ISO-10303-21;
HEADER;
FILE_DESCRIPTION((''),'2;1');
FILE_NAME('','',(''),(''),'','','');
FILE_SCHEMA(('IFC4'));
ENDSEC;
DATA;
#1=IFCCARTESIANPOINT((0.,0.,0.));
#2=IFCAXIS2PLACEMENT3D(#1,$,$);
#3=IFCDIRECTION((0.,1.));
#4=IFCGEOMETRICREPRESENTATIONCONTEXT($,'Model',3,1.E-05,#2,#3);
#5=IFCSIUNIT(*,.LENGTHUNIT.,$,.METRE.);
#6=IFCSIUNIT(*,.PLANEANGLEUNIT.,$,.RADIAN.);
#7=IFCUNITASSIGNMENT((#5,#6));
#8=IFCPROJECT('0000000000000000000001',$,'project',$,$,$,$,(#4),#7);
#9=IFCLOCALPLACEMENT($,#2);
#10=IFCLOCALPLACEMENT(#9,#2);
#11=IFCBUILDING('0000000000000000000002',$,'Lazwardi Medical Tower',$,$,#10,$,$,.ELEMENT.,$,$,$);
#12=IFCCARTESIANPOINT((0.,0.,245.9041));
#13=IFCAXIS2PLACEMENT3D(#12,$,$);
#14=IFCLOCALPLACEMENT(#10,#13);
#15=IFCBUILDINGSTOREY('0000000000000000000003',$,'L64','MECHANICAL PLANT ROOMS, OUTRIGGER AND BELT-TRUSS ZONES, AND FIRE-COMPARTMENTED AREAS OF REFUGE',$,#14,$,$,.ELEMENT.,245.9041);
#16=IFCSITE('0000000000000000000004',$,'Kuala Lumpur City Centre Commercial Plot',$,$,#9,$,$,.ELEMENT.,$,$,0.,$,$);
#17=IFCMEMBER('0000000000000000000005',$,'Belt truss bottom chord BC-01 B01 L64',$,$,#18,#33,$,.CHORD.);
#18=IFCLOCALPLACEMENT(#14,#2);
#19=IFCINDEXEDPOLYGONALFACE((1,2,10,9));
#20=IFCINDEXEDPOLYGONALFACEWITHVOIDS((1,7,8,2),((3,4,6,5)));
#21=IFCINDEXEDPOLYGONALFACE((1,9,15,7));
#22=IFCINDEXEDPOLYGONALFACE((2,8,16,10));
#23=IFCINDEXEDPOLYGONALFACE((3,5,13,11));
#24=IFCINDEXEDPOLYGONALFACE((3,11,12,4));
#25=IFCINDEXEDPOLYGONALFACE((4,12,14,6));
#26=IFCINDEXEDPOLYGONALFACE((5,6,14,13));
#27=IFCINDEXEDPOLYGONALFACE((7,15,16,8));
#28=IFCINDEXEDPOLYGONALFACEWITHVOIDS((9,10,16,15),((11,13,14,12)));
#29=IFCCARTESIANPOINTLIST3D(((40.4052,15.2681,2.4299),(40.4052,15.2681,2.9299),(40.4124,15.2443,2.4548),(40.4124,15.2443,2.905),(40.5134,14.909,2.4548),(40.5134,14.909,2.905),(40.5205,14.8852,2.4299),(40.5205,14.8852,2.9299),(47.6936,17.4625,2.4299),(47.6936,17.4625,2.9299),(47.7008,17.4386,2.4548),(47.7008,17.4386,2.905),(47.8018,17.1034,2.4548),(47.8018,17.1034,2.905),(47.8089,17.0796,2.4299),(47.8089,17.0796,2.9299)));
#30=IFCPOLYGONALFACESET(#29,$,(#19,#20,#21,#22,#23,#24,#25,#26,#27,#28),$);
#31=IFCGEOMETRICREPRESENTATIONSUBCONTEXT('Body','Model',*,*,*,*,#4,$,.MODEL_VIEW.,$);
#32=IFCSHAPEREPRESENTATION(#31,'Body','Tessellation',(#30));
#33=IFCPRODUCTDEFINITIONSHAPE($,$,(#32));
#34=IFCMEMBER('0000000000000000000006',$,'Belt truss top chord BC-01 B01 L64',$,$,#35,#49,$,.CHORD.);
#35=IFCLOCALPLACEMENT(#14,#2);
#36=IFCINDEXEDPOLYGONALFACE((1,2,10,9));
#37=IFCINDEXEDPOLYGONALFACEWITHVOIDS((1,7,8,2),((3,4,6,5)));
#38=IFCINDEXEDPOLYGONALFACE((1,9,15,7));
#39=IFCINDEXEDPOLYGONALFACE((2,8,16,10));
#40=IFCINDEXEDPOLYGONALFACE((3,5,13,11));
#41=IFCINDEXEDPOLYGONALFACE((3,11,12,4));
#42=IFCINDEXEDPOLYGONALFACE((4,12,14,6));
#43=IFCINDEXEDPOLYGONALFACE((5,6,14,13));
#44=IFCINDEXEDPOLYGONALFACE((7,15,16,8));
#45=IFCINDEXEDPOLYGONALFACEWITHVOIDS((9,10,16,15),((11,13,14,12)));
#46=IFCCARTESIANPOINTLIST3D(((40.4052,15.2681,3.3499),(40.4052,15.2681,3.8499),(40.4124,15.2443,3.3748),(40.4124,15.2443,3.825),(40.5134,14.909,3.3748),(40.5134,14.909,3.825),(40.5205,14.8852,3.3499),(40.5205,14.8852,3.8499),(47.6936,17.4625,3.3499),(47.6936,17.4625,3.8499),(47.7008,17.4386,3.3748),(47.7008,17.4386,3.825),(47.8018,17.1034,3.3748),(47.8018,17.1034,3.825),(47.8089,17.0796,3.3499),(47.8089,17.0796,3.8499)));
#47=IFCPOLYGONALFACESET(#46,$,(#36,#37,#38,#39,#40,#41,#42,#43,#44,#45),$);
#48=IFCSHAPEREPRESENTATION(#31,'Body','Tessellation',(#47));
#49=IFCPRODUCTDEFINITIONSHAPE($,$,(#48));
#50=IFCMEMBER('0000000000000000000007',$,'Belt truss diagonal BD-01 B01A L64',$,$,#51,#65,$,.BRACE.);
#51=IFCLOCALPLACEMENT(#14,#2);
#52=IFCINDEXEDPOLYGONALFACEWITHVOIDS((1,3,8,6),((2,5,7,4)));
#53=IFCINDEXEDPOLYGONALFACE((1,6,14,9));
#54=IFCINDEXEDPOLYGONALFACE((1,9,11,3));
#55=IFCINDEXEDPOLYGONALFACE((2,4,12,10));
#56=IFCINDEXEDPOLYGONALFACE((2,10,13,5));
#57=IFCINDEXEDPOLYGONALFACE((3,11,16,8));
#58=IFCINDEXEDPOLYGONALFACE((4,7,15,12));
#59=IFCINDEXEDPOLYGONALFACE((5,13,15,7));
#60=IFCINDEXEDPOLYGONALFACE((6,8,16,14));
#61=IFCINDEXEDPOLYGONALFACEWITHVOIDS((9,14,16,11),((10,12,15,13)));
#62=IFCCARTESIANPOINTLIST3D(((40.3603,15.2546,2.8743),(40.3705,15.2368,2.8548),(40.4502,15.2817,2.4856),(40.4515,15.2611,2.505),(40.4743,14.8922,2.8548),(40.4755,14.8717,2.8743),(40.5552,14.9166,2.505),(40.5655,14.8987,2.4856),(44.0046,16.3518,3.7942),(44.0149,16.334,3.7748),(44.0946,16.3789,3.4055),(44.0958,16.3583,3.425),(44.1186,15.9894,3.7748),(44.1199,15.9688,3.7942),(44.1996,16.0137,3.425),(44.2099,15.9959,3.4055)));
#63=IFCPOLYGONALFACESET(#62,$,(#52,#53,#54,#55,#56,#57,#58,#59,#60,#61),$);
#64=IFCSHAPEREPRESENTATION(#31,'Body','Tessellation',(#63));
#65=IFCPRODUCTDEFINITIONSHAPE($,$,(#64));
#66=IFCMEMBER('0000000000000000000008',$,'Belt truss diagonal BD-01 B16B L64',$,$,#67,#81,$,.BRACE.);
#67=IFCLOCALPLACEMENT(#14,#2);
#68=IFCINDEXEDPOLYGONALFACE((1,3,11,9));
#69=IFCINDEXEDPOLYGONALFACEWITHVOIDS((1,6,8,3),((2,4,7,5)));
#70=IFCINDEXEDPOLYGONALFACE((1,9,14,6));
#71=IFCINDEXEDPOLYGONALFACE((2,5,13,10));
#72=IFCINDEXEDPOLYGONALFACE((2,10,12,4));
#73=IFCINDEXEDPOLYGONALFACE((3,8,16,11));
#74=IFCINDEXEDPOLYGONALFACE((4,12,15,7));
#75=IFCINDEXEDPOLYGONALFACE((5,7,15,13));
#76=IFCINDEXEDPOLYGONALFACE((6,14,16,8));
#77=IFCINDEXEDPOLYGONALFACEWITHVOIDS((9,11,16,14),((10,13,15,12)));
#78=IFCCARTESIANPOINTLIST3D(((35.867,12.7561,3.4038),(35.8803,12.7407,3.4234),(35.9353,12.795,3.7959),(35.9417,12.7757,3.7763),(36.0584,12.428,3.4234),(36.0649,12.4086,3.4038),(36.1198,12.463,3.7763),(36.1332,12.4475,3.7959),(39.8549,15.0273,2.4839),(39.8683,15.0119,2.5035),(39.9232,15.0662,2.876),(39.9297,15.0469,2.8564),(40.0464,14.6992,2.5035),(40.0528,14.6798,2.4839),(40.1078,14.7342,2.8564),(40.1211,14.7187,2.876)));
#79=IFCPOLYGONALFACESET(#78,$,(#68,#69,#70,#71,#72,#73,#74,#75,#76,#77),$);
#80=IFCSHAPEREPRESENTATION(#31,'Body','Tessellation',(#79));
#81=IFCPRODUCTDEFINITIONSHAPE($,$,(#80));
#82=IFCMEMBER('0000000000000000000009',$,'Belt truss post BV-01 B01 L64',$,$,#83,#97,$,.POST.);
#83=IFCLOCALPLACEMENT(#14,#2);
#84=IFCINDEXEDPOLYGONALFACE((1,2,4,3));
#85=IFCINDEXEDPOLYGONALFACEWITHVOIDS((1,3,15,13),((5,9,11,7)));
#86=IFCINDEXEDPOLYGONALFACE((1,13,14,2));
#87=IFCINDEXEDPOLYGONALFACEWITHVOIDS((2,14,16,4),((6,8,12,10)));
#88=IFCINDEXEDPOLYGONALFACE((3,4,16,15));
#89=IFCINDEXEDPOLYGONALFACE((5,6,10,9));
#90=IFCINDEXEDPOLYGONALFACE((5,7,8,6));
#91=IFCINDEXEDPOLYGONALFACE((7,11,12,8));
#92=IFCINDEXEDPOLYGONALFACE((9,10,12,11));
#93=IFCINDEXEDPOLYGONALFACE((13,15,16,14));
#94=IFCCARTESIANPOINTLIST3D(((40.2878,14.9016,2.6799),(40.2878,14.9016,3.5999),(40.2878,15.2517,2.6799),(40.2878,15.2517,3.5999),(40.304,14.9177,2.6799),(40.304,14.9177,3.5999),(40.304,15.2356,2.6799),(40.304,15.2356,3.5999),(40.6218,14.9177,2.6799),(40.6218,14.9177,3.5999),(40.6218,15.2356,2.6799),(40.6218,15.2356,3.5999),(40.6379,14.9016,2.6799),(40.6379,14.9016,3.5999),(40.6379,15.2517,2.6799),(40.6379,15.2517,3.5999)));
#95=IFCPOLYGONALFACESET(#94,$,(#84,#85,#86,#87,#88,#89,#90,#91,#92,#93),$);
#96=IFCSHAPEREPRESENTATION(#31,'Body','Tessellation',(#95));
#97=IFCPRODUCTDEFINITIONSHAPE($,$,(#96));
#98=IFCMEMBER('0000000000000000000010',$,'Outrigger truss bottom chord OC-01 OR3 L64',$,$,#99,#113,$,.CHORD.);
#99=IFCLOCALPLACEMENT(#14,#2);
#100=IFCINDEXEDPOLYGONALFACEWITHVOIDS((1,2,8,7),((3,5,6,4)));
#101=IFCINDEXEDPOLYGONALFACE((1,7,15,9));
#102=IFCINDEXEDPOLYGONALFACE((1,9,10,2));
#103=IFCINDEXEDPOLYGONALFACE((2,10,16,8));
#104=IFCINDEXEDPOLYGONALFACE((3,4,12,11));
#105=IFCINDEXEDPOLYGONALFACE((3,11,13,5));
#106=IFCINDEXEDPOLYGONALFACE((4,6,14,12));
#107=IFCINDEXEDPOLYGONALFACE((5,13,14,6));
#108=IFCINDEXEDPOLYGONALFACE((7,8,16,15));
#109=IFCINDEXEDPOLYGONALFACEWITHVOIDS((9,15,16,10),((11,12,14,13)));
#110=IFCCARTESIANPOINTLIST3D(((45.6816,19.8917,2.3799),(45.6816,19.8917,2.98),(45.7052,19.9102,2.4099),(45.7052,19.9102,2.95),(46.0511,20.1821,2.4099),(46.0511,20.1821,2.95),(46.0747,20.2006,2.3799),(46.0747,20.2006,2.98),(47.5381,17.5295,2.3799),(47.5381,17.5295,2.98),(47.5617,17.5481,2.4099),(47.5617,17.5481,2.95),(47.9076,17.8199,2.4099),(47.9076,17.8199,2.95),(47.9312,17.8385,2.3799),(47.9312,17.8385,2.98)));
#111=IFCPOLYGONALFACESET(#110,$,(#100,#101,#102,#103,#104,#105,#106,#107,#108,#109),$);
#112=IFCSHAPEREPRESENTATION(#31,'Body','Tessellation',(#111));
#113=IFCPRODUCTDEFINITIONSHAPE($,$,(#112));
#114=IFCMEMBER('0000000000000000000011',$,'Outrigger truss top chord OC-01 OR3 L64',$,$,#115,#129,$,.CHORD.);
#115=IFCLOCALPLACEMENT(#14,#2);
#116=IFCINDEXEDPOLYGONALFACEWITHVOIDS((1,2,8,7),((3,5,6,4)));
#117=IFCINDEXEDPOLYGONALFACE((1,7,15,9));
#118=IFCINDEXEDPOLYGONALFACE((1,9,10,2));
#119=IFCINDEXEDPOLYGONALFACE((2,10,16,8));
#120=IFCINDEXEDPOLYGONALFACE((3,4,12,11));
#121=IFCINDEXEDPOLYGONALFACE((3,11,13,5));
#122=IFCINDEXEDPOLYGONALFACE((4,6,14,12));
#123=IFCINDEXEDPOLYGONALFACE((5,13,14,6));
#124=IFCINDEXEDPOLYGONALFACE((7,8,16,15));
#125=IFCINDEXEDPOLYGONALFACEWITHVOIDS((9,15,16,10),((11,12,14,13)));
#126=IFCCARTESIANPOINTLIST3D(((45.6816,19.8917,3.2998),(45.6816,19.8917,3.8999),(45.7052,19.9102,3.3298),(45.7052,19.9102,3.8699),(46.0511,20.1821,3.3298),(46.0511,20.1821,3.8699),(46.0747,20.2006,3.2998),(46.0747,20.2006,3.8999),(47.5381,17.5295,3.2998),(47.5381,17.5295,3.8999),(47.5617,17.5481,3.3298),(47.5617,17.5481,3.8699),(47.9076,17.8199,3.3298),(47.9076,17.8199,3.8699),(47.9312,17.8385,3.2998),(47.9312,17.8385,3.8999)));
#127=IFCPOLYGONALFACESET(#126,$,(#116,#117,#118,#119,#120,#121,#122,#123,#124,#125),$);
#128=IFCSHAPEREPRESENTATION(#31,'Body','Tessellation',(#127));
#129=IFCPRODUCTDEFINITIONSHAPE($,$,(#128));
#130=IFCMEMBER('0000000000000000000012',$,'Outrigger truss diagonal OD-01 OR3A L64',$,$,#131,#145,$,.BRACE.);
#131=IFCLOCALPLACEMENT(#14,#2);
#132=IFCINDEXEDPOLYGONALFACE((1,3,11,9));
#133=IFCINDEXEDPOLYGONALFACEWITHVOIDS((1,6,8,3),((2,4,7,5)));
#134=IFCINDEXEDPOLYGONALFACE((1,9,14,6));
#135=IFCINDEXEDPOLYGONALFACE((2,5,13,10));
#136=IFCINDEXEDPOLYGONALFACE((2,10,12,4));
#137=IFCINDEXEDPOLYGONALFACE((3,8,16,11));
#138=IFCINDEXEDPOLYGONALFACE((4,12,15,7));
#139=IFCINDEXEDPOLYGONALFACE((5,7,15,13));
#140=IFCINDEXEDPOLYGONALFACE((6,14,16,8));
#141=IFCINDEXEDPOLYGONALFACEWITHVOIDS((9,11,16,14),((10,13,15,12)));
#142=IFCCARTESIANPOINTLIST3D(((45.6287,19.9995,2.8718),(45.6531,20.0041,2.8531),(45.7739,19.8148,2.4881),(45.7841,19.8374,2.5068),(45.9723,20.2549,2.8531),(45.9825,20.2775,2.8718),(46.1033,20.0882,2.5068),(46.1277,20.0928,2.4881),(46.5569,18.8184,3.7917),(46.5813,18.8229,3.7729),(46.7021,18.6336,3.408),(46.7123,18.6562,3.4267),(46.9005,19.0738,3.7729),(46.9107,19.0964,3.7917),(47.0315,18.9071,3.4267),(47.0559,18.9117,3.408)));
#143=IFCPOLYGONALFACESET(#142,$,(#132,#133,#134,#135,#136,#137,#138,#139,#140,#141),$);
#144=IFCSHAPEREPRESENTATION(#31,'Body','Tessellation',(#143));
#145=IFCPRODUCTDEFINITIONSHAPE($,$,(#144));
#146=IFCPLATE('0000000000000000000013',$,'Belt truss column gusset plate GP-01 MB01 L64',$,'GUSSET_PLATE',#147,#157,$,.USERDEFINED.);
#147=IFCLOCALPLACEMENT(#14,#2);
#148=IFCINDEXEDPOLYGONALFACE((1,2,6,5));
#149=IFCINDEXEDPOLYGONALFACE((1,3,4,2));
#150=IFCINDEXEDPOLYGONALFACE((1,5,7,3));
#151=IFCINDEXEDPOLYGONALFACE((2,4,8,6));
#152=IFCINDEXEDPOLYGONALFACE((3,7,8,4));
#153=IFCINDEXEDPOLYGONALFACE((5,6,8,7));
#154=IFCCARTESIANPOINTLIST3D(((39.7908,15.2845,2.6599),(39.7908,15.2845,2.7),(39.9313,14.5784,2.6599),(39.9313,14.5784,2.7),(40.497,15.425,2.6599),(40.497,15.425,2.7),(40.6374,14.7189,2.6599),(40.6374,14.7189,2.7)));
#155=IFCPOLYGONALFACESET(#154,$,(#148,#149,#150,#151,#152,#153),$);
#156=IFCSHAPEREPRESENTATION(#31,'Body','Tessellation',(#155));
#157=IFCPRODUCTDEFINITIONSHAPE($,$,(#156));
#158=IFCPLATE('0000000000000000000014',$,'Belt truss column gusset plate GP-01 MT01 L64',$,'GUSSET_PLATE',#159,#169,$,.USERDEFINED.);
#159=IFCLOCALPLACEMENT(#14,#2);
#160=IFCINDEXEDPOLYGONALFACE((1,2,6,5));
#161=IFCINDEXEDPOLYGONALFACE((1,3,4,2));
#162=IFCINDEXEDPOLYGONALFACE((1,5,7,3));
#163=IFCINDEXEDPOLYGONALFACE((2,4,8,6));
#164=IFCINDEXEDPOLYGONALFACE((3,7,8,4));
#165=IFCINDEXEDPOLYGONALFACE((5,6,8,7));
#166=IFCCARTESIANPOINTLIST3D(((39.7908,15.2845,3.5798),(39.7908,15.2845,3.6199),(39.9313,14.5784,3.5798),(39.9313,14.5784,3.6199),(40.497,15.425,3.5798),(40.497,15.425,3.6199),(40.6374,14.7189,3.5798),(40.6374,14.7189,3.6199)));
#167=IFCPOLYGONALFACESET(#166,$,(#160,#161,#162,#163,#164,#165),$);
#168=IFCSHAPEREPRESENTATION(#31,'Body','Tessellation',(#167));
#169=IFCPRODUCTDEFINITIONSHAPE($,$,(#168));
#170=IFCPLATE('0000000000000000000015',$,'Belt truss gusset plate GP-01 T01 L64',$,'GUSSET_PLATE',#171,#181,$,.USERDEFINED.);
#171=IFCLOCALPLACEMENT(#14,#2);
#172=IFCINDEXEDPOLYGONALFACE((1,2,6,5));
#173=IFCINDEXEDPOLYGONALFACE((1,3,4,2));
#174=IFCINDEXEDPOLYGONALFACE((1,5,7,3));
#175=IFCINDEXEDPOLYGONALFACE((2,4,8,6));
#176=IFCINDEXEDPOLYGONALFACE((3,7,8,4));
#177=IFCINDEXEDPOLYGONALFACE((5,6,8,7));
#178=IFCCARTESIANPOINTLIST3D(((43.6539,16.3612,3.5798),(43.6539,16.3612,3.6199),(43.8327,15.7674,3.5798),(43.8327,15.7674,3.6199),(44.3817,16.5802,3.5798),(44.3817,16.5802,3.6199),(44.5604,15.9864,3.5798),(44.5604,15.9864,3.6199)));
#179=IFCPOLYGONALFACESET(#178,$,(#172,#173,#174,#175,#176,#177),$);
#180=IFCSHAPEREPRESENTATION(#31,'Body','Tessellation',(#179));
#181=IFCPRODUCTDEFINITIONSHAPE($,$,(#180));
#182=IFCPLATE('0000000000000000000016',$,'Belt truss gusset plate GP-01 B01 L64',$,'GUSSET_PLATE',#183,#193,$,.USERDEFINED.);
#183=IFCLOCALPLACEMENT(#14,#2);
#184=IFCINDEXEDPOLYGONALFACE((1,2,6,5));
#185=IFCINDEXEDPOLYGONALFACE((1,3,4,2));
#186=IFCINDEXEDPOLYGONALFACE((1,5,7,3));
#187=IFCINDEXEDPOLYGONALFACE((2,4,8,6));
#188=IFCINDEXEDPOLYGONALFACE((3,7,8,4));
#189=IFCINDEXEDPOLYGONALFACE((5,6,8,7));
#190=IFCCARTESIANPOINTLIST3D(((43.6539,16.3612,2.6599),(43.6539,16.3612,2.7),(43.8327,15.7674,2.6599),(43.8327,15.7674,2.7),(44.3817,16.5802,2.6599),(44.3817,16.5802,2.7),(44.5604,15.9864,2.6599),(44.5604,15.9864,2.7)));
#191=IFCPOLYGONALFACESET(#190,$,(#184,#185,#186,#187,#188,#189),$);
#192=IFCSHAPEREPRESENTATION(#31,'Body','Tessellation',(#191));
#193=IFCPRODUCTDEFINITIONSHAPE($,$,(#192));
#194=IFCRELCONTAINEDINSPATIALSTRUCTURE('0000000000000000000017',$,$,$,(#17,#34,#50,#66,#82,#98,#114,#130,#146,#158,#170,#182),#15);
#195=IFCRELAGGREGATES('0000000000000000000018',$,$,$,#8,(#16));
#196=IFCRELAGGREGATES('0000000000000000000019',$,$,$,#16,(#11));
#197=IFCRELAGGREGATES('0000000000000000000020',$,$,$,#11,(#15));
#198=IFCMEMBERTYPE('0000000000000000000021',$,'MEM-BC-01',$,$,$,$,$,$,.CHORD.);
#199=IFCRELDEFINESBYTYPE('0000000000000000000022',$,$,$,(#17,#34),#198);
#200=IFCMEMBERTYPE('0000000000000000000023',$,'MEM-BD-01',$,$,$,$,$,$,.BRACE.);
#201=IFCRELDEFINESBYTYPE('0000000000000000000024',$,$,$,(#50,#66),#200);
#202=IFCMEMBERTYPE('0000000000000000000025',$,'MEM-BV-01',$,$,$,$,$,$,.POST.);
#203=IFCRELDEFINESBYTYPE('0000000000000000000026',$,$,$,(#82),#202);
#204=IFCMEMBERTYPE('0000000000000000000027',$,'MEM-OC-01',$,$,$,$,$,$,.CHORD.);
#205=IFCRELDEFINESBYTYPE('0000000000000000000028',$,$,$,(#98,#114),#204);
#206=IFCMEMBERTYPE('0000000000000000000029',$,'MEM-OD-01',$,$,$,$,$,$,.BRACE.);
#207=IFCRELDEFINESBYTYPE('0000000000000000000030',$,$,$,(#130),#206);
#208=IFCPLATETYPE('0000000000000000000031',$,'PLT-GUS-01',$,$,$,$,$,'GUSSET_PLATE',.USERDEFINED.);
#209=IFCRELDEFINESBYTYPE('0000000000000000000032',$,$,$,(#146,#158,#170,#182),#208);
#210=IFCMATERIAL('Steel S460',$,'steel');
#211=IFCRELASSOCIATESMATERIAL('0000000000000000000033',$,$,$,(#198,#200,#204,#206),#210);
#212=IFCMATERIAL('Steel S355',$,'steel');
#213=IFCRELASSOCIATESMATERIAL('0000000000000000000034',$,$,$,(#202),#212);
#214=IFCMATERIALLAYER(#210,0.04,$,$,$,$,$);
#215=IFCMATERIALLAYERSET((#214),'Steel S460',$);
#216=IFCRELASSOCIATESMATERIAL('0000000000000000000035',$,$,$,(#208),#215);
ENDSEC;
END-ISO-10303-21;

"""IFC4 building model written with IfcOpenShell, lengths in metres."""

from ifc_helpers import new_model, si_unit, direction, frame, origin, origin_2d, place, context, subcontext, project, spatial, rectangle, hollow_rectangle, extrude, material, layer, layer_set, material_profile, profile_set, type_object, element, save


model = new_model("IFC4")

# Units and contexts
model_context = context("Model", 3, precision=1e-05, world=origin(), true_north=direction((0.0, 1.0)))
body_context = subcontext(model_context, "Body", "Model", "MODEL_VIEW")
ifc_project = project(units=[si_unit("LENGTHUNIT", "METRE"), si_unit("PLANEANGLEUNIT", "RADIAN")], contexts=[model_context])

# Site, building, storey
site_placement = place(None, origin())
site = spatial("IfcSite", under=ifc_project, at=site_placement, Name="Kuala Lumpur City Centre Commercial Plot", CompositionType="ELEMENT", RefElevation=0.0)
building_placement = place(site_placement, origin())
building = spatial("IfcBuilding", under=site, at=building_placement, Name="Lazwardi Medical Tower", CompositionType="ELEMENT")
storey_placement = place(building_placement, frame((0.0, 0.0, 245.9041)))
storey = spatial("IfcBuildingStorey", under=building, at=storey_placement, Name="L64", Description="MECHANICAL PLANT ROOMS, OUTRIGGER AND BELT-TRUSS ZONES, AND FIRE-COMPARTMENTED AREAS OF REFUGE", CompositionType="ELEMENT", Elevation=245.9041)

# Shared definitions
ifc_material_1 = material(Name="Steel S355", Category="steel")

# Members
ifc_material_2 = material(Name="Steel S460", Category="steel")
ifc_material_profile_1 = material_profile(ifc_material_2, hollow_rectangle(XDim=0.3999, YDim=0.5, WallThickness=0.0249, at=origin_2d()), Name="RHS 500x400x25")
ifc_profile_set_1 = profile_set([ifc_material_profile_1], Name="Steel S460")
member_type_1 = type_object("IfcMemberType", Name="MEM-BC-01", PredefinedType="CHORD", material=ifc_profile_set_1)
for number, where, z_axis, x_axis, name in (
    (1, (40.4629, 15.0767, 2.6799), (0.957542, 0.288292, 0.0), (-0.288292, 0.957542, 0.0), "Belt truss bottom chord BC-01 B01 L64"),
    (2, (40.4629, 15.0767, 3.5999), (0.957542, 0.288292, 0.0), (-0.288292, 0.957542, 0.0), "Belt truss top chord BC-01 B01 L64"),
):
    element("IfcMember", number, at=place(storey_placement, frame(where, z_axis=z_axis, x_axis=x_axis)), inside=storey, type_object=member_type_1, Name=name, PredefinedType="CHORD", context=body_context, shape_type="SweptSolid", body=[
        extrude(hollow_rectangle(XDim=0.3999, YDim=0.5, WallThickness=0.0249, at=origin_2d()), origin(), (0.0, 0.0, 1.0), 7.6116),
    ])
ifc_material_profile_2 = material_profile(ifc_material_2, hollow_rectangle(XDim=0.3999, YDim=0.3999, WallThickness=0.02, at=origin_2d()), Name="RHS 400x400x20")
ifc_profile_set_2 = profile_set([ifc_material_profile_2], Name="Steel S460")
member_type_2 = type_object("IfcMemberType", Name="MEM-BD-01", PredefinedType="BRACE", material=ifc_profile_set_2)
member_1_placement = place(storey_placement, frame((40.4629, 15.0767, 2.6799), z_axis=(0.930742, 0.280214, 0.234946), x_axis=(-0.288283, 0.957545, 0.0)))
element("IfcMember", 3, at=member_1_placement, inside=storey, type_object=member_type_2, Name="Belt truss diagonal BD-01 B01A L64", PredefinedType="BRACE", context=body_context, shape_type="SweptSolid", body=[
    extrude(hollow_rectangle(XDim=0.3999, YDim=0.3999, WallThickness=0.02, at=origin_2d()), origin(), (0.0, 0.0, 1.0), 3.9155),
])
member_2_placement = place(storey_placement, frame((39.988, 14.873, 2.6799), z_axis=(-0.852012, -0.485232, 0.196534), x_axis=(0.494884, -0.868959, 0.0)))
element("IfcMember", 4, at=member_2_placement, inside=storey, type_object=member_type_2, Name="Belt truss diagonal BD-01 B16B L64", PredefinedType="BRACE", context=body_context, shape_type="SweptSolid", body=[
    extrude(hollow_rectangle(XDim=0.3999, YDim=0.3999, WallThickness=0.02, at=origin_2d()), origin(), (0.0, 0.0, 1.0), 4.6807),
])
ifc_material_profile_3 = material_profile(ifc_material_1, hollow_rectangle(XDim=0.3501, YDim=0.3501, WallThickness=0.0161, at=origin_2d()), Name="RHS 350x350x16")
ifc_profile_set_3 = profile_set([ifc_material_profile_3], Name="Steel S355")
member_type_3 = type_object("IfcMemberType", Name="MEM-BV-01", PredefinedType="POST", material=ifc_profile_set_3)
member_3_placement = place(storey_placement, frame((40.4629, 15.0767, 2.6799), z_axis=(0.0, 0.0, 1.0), x_axis=(1.0, 0.0, 0.0)))
element("IfcMember", 5, at=member_3_placement, inside=storey, type_object=member_type_3, Name="Belt truss post BV-01 B01 L64", PredefinedType="POST", context=body_context, shape_type="SweptSolid", body=[
    extrude(hollow_rectangle(XDim=0.3501, YDim=0.3501, WallThickness=0.0161, at=origin_2d()), origin(), (0.0, 0.0, 1.0), 0.9199),
])
ifc_material_profile_4 = material_profile(ifc_material_2, hollow_rectangle(XDim=0.5, YDim=0.6001, WallThickness=0.03, at=origin_2d()), Name="RHS 600x500x30")
ifc_profile_set_4 = profile_set([ifc_material_profile_4], Name="Steel S460")
member_type_4 = type_object("IfcMemberType", Name="MEM-OC-01", PredefinedType="CHORD", material=ifc_profile_set_4)
for number, where, z_axis, x_axis, name in (
    (6, (45.8782, 20.0461, 2.6799), (0.617933, -0.786231, 0.0), (0.786231, 0.617933, 0.0), "Outrigger truss bottom chord OC-01 OR3 L64"),
    (7, (45.8782, 20.0461, 3.5999), (0.617933, -0.786231, 0.0), (0.786231, 0.617933, 0.0), "Outrigger truss top chord OC-01 OR3 L64"),
):
    element("IfcMember", number, at=place(storey_placement, frame(where, z_axis=z_axis, x_axis=x_axis)), inside=storey, type_object=member_type_4, Name=name, PredefinedType="CHORD", context=body_context, shape_type="SweptSolid", body=[
        extrude(hollow_rectangle(XDim=0.5, YDim=0.6001, WallThickness=0.03, at=origin_2d()), origin(), (0.0, 0.0, 1.0), 3.0044),
    ])
ifc_material_profile_5 = material_profile(ifc_material_2, hollow_rectangle(XDim=0.45, YDim=0.45, WallThickness=0.022, at=origin_2d()), Name="RHS 450x450x22")
ifc_profile_set_5 = profile_set([ifc_material_profile_5], Name="Steel S460")
member_type_5 = type_object("IfcMemberType", Name="MEM-OD-01", PredefinedType="BRACE", material=ifc_profile_set_5)
member_4_placement = place(storey_placement, frame((45.8782, 20.0461, 2.6799), z_axis=(0.526942, -0.670528, 0.52223), x_axis=(0.786262, 0.617893, 0.0)))
element("IfcMember", 8, at=member_4_placement, inside=storey, type_object=member_type_5, Name="Outrigger truss diagonal OD-01 OR3A L64", PredefinedType="BRACE", context=body_context, shape_type="SweptSolid", body=[
    extrude(hollow_rectangle(XDim=0.45, YDim=0.45, WallThickness=0.022, at=origin_2d()), origin(), (0.0, 0.0, 1.0), 1.7615),
])

# Plates
ifc_layer_1 = layer(ifc_material_2, 0.04)
ifc_layer_set_1 = layer_set([ifc_layer_1], Name="Steel S460")
plate_type = type_object("IfcPlateType", Name="PLT-GUS-01", ElementType="GUSSET_PLATE", PredefinedType="USERDEFINED", material=ifc_layer_set_1)
for number, where, z_axis, x_axis, name in (
    (9, (40.2141, 15.0017, 2.6599), (0.0, 0.0, 1.0), (0.19509, -0.980785, 0.0), "Belt truss column gusset plate GP-01 MB01 L64"),
    (10, (40.2141, 15.0017, 3.5798), (0.0, 0.0, 1.0), (0.19509, -0.980785, 0.0), "Belt truss column gusset plate GP-01 MT01 L64"),
):
    element("IfcPlate", number, at=place(storey_placement, frame(where, z_axis=z_axis, x_axis=x_axis)), inside=storey, type_object=plate_type, Name=name, ObjectType="GUSSET_PLATE", PredefinedType="USERDEFINED", context=body_context, shape_type="SweptSolid", body=[
        extrude(rectangle(XDim=0.72, YDim=0.72, at=origin_2d()), origin(), (0.0, 0.0, 1.0), 0.04),
    ])
for number, where, z_axis, x_axis, name in (
    (11, (44.1072, 16.1738, 3.5798), (0.0, 0.0, 1.0), (0.957571, 0.288196, 0.0), "Belt truss gusset plate GP-01 T01 L64"),
    (12, (44.1072, 16.1738, 2.6599), (0.0, 0.0, 1.0), (0.957571, 0.288196, 0.0), "Belt truss gusset plate GP-01 B01 L64"),
):
    element("IfcPlate", number, at=place(storey_placement, frame(where, z_axis=z_axis, x_axis=x_axis)), inside=storey, type_object=plate_type, Name=name, ObjectType="GUSSET_PLATE", PredefinedType="USERDEFINED", context=body_context, shape_type="SweptSolid", body=[
        extrude(rectangle(XDim=0.76, YDim=0.6201, at=origin_2d()), origin(), (0.0, 0.0, 1.0), 0.04),
    ])

save(model, "model.ifc")
